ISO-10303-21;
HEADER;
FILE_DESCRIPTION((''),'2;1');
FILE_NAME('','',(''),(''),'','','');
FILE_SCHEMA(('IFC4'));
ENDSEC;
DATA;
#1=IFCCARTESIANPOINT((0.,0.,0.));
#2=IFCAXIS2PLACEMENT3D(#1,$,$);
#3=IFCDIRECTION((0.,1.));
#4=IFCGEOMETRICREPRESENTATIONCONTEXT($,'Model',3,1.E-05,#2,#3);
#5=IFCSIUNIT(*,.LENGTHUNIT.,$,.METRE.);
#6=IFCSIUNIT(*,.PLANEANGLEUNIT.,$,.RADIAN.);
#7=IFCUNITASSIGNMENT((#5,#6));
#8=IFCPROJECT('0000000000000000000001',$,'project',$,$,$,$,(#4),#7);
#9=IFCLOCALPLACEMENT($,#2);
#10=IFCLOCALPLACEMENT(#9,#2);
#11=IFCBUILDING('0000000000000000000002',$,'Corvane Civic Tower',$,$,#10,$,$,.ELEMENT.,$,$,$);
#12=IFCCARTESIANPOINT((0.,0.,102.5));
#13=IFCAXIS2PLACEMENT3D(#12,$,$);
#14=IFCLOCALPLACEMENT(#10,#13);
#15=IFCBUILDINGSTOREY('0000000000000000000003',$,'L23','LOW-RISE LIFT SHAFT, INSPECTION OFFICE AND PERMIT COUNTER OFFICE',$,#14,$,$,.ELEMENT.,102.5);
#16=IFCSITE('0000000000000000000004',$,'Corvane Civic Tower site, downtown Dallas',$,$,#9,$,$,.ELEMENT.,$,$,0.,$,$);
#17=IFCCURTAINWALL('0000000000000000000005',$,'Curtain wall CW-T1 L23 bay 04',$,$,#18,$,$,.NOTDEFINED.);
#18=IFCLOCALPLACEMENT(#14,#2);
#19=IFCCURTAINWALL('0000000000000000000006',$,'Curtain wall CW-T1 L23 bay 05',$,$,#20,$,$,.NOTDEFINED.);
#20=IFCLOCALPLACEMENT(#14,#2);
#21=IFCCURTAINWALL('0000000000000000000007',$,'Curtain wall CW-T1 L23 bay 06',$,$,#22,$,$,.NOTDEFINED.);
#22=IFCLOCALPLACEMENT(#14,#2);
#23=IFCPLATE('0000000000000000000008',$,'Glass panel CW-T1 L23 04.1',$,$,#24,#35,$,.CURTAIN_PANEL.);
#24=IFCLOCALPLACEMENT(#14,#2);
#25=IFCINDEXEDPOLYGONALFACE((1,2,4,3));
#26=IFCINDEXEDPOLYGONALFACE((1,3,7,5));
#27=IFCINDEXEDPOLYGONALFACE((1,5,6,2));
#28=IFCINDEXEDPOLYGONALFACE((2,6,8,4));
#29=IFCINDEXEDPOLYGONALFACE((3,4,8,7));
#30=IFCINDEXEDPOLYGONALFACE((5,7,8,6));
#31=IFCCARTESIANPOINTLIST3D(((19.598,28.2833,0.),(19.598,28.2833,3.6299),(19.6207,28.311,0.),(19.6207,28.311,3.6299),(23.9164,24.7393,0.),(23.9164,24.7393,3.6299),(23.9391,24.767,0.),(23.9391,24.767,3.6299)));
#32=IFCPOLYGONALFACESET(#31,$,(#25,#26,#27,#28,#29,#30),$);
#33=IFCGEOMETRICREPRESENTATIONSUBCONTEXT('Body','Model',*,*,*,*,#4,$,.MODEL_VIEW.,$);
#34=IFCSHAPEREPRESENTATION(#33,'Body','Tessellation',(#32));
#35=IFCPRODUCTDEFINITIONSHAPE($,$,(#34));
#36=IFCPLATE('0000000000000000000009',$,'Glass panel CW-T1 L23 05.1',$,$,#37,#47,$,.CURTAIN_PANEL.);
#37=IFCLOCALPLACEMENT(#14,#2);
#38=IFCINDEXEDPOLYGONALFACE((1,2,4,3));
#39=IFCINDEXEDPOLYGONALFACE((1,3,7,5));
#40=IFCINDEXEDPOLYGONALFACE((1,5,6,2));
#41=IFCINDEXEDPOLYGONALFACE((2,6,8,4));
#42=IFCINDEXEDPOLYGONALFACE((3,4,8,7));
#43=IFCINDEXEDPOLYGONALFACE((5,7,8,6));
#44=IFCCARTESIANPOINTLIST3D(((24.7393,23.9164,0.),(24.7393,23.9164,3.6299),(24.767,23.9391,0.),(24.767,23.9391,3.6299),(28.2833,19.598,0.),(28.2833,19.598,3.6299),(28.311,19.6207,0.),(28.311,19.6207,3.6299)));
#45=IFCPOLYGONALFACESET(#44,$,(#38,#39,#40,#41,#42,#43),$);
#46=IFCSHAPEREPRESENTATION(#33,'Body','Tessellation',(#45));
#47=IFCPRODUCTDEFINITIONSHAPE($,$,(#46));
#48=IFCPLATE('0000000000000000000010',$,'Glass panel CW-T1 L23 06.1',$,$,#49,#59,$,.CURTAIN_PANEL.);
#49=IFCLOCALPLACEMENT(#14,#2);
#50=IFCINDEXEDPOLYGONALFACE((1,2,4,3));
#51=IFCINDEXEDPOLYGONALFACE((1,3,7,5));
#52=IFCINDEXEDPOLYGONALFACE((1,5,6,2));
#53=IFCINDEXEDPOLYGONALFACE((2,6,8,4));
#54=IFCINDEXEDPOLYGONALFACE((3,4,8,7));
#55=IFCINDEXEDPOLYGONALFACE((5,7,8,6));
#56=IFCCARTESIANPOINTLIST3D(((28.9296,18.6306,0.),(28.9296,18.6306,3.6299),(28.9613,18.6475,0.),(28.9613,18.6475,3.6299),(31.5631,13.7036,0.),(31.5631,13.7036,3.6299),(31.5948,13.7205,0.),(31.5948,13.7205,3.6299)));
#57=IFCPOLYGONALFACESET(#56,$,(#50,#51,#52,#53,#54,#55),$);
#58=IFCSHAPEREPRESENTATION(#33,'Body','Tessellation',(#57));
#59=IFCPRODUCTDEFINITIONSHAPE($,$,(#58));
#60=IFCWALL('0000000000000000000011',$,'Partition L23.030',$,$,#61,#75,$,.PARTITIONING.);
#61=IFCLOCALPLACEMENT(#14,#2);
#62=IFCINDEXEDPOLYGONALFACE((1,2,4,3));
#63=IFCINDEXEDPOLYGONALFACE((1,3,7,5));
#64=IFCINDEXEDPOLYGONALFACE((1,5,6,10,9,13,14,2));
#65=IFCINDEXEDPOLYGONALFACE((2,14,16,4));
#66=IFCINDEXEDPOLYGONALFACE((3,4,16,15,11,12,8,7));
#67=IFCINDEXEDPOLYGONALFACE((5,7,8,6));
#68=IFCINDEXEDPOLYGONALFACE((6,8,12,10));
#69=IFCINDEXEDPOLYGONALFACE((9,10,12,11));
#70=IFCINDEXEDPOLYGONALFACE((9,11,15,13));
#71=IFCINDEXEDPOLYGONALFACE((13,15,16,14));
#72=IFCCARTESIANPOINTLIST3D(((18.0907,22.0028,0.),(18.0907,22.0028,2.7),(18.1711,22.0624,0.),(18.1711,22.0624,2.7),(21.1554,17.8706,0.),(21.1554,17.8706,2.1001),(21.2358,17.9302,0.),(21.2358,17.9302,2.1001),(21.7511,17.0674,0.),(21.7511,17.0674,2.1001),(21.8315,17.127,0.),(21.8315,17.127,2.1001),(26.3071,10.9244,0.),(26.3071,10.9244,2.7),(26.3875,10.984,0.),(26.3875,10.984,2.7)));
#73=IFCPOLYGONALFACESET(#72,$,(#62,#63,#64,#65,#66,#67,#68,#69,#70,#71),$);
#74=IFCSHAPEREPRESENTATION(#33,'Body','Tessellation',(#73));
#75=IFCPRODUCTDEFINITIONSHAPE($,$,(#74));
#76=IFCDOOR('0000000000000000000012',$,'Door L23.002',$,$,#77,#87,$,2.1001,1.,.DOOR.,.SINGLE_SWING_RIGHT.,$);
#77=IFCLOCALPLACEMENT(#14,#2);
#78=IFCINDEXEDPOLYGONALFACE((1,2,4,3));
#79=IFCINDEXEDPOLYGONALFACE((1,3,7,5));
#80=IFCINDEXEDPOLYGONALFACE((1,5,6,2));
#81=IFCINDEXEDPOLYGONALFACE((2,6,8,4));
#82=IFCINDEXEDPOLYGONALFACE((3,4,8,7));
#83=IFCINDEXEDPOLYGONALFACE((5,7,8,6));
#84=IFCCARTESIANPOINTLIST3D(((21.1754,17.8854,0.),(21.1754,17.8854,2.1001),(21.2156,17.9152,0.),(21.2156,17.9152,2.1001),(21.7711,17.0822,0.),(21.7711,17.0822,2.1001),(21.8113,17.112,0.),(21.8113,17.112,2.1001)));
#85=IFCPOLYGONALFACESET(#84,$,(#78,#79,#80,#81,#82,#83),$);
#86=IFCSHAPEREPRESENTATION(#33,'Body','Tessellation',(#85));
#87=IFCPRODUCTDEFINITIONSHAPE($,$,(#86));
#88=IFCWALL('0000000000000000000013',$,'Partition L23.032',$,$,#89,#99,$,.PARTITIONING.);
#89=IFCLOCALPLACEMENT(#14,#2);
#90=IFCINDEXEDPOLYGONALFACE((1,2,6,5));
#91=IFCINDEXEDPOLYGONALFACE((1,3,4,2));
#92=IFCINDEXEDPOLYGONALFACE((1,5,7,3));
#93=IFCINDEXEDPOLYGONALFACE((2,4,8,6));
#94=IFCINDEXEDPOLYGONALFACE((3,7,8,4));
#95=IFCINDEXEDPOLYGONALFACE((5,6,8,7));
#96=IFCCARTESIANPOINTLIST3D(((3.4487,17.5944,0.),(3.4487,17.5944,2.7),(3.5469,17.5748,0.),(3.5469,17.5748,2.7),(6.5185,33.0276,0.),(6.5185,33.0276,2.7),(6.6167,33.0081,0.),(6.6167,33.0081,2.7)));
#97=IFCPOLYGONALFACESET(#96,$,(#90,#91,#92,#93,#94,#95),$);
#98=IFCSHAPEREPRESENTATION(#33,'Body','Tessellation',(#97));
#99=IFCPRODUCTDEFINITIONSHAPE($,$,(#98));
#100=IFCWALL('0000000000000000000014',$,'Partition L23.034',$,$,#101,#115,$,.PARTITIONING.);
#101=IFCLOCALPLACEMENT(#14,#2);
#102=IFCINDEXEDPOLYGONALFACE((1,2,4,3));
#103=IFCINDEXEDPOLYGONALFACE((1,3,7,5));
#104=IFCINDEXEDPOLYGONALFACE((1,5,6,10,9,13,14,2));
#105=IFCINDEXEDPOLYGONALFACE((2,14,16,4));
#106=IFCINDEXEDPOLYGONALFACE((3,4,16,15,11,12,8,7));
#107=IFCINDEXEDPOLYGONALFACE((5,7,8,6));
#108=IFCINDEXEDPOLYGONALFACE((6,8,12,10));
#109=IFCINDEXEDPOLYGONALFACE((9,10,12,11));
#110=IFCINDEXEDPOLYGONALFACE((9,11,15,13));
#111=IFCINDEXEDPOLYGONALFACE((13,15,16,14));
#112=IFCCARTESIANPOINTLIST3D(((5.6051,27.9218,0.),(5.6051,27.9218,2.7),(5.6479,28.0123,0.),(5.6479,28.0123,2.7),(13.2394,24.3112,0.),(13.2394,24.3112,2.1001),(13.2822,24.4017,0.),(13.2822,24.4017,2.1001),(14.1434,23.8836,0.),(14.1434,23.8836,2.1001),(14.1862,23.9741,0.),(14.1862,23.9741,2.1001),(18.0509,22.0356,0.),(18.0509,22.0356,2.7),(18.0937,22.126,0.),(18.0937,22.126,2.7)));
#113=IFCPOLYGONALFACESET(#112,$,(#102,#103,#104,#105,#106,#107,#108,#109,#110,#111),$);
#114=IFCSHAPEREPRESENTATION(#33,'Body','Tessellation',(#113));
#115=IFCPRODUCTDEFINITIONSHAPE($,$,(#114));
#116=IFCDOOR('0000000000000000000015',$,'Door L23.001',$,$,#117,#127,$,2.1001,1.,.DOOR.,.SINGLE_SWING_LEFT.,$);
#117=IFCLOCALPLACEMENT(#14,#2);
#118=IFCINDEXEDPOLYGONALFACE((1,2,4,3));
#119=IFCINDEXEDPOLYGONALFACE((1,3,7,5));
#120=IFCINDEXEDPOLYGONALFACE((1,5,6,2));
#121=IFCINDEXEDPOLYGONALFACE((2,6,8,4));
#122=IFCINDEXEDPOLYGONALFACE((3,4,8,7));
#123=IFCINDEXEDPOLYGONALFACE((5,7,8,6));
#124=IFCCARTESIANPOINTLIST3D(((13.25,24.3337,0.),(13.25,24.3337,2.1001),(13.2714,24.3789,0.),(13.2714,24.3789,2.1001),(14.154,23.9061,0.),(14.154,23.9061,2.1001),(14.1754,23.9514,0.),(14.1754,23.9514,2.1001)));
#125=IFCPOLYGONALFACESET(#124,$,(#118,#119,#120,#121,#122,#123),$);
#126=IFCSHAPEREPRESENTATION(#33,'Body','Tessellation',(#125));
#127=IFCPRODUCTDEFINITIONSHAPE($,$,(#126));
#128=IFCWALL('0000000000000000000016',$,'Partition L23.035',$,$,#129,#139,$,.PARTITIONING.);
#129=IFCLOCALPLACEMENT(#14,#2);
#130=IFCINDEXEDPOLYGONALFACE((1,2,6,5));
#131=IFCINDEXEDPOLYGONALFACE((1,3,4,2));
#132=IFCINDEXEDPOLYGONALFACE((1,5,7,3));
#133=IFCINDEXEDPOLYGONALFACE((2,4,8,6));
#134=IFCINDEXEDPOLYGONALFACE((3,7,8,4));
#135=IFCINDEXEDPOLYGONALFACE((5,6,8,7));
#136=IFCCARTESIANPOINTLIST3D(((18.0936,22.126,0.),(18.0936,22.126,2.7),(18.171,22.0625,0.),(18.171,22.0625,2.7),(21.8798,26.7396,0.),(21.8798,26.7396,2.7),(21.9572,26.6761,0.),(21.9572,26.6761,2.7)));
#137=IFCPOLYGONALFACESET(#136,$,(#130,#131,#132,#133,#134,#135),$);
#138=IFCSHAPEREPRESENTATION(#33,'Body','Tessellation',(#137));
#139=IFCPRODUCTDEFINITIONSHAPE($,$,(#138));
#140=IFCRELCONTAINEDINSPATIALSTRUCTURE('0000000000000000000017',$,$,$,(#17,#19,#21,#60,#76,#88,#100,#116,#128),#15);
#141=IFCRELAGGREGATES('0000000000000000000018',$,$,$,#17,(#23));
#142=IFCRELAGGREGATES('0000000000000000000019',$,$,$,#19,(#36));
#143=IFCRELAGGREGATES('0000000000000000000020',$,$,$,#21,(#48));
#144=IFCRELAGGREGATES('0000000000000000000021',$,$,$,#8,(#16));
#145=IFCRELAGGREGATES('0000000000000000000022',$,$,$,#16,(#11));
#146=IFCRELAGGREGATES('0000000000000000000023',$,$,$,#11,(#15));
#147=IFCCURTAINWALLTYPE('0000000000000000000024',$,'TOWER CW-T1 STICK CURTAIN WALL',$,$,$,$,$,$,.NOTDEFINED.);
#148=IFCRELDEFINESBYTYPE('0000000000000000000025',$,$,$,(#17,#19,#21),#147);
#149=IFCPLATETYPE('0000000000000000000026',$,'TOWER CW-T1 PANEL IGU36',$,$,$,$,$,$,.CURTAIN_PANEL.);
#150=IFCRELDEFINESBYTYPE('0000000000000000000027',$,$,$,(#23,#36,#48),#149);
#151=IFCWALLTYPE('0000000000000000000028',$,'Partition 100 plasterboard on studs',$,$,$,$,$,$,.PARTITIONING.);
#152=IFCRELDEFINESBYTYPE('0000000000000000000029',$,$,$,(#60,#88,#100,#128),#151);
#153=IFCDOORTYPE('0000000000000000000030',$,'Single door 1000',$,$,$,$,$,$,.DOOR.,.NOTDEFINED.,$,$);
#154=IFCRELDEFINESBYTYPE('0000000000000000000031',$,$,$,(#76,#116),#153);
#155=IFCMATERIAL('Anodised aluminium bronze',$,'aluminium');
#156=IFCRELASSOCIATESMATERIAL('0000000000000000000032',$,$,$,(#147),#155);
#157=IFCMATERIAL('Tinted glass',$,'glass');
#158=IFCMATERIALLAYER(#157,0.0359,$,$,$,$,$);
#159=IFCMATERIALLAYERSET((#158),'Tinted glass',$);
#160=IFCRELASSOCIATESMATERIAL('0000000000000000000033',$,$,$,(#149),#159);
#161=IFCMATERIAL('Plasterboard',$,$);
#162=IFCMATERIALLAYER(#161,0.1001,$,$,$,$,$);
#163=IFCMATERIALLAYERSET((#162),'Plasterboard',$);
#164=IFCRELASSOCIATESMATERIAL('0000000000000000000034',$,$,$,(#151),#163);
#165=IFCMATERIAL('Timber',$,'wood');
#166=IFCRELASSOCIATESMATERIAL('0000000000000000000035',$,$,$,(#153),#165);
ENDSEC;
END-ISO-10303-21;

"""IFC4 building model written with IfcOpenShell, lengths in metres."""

from ifc_helpers import new_model, si_unit, direction, frame, frame_2d, origin, origin_2d, place, context, subcontext, project, spatial, rectangle, extrude, material, layer, layer_set, type_object, element, fill, aggregate, save


model = new_model("IFC4")

# Units and contexts
model_context = context("Model", 3, precision=1e-05, world=origin(), true_north=direction((0.0, 1.0)))
body_context = subcontext(model_context, "Body", "Model", "MODEL_VIEW")
ifc_project = project(units=[si_unit("LENGTHUNIT", "METRE"), si_unit("PLANEANGLEUNIT", "RADIAN")], contexts=[model_context])

# Site, building, storey
site_placement = place(None, origin())
site = spatial("IfcSite", under=ifc_project, at=site_placement, Name="Corvane Civic Tower site, downtown Dallas", CompositionType="ELEMENT", RefElevation=0.0)
building_placement = place(site_placement, origin())
building = spatial("IfcBuilding", under=site, at=building_placement, Name="Corvane Civic Tower", CompositionType="ELEMENT")
storey_placement = place(building_placement, frame((0.0, 0.0, 102.5)))
storey = spatial("IfcBuildingStorey", under=building, at=storey_placement, Name="L23", Description="LOW-RISE LIFT SHAFT, INSPECTION OFFICE AND PERMIT COUNTER OFFICE", CompositionType="ELEMENT", Elevation=102.5)

# Curtain walls
ifc_material_1 = material(Name="Anodised aluminium bronze", Category="aluminium")
curtain_wall_type = type_object("IfcCurtainWallType", Name="TOWER CW-T1 STICK CURTAIN WALL", PredefinedType="NOTDEFINED", material=ifc_material_1)
curtain_wall_1_placement = place(storey_placement, origin())
curtain_wall_1 = element("IfcCurtainWall", 1, at=curtain_wall_1_placement, inside=storey, type_object=curtain_wall_type, Name="Curtain wall CW-T1 L23 bay 04", PredefinedType="NOTDEFINED")
curtain_wall_2_placement = place(storey_placement, origin())
curtain_wall_2 = element("IfcCurtainWall", 2, at=curtain_wall_2_placement, inside=storey, type_object=curtain_wall_type, Name="Curtain wall CW-T1 L23 bay 05", PredefinedType="NOTDEFINED")
curtain_wall_3_placement = place(storey_placement, origin())
curtain_wall_3 = element("IfcCurtainWall", 3, at=curtain_wall_3_placement, inside=storey, type_object=curtain_wall_type, Name="Curtain wall CW-T1 L23 bay 06", PredefinedType="NOTDEFINED")

# Plates
ifc_material_2 = material(Name="Tinted glass", Category="glass")
ifc_layer_1 = layer(ifc_material_2, 0.0359)
ifc_layer_set_1 = layer_set([ifc_layer_1], Name="Tinted glass")
plate_type = type_object("IfcPlateType", Name="TOWER CW-T1 PANEL IGU36", PredefinedType="CURTAIN_PANEL", material=ifc_layer_set_1)
plate_1_placement = place(storey_placement, frame((21.7686, 26.5251, 0.0), z_axis=(0.0, 0.0, 1.0), x_axis=(0.773013, -0.63439, 0.0)))
plate_1 = element("IfcPlate", 4, at=plate_1_placement, type_object=plate_type, Name="Glass panel CW-T1 L23 04.1", PredefinedType="CURTAIN_PANEL", context=body_context, shape_type="SweptSolid", body=[
    extrude(rectangle(XDim=5.5864, YDim=0.0359, at=origin_2d()), origin(), (0.0, 0.0, 1.0), 3.6299),
])
aggregate(curtain_wall_1, [plate_1])
plate_2_placement = place(storey_placement, frame((26.5251, 21.7686, 0.0), z_axis=(0.0, 0.0, 1.0), x_axis=(0.63439, -0.773013, 0.0)))
plate_2 = element("IfcPlate", 5, at=plate_2_placement, type_object=plate_type, Name="Glass panel CW-T1 L23 05.1", PredefinedType="CURTAIN_PANEL", context=body_context, shape_type="SweptSolid", body=[
    extrude(rectangle(XDim=5.5864, YDim=0.0359, at=origin_2d()), origin(), (0.0, 0.0, 1.0), 3.6299),
])
aggregate(curtain_wall_2, [plate_2])
plate_3_placement = place(storey_placement, frame((30.2622, 16.1755, 0.0), z_axis=(0.0, 0.0, 1.0), x_axis=(0.471392, -0.881924, 0.0)))
plate_3 = element("IfcPlate", 6, at=plate_3_placement, type_object=plate_type, Name="Glass panel CW-T1 L23 06.1", PredefinedType="CURTAIN_PANEL", context=body_context, shape_type="SweptSolid", body=[
    extrude(rectangle(XDim=5.5867, YDim=0.0359, at=origin_2d()), origin(), (0.0, 0.0, 1.0), 3.6299),
])
aggregate(curtain_wall_3, [plate_3])

# Wall, opening, door
ifc_material_3 = material(Name="Plasterboard")
ifc_layer_2 = layer(ifc_material_3, 0.1001)
ifc_layer_set_2 = layer_set([ifc_layer_2], Name="Plasterboard")
wall_type = type_object("IfcWallType", Name="Partition 100 plasterboard on studs", PredefinedType="PARTITIONING", material=ifc_layer_set_2)
wall_1_placement = place(storey_placement, frame((18.1309, 22.0327, 0.0), z_axis=(0.0, 0.0, 1.0), x_axis=(0.595701, -0.803206, 0.0)))
wall_1 = element("IfcWall", 7, at=wall_1_placement, inside=storey, type_object=wall_type, Name="Partition L23.030", PredefinedType="PARTITIONING", context=body_context, shape_type="SweptSolid", body=[
    extrude(rectangle(XDim=13.7927, YDim=0.1001, at=frame_2d((6.8965, 0.0))), origin(), (0.0, 0.0, 1.0), 2.7),
])
opening_1_placement = place(wall_1_placement, frame((5.1448, 0.0, 0.0)))
opening_1 = element("IfcOpeningElement", 8, at=opening_1_placement, cuts=wall_1, PredefinedType="OPENING", context=body_context, shape_type="SweptSolid", body=[
    extrude(rectangle(XDim=1.0, YDim=2.1001, at=frame_2d((0.5, 1.05))), frame((0.0, 0.0601, 0.0), z_axis=(0.0, -1.0, 0.0), x_axis=(1.0, 0.0, 0.0)), (0.0, 0.0, 1.0), 0.1201),
])
ifc_material_4 = material(Name="Timber", Category="wood")
door_type = type_object("IfcDoorType", Name="Single door 1000", OperationType="NOTDEFINED", PredefinedType="DOOR", material=ifc_material_4)
door_1_placement = place(opening_1_placement, origin())
door_1 = element("IfcDoor", 9, at=door_1_placement, inside=storey, type_object=door_type, Name="Door L23.002", OperationType="SINGLE_SWING_RIGHT", OverallHeight=2.1001, OverallWidth=1.0, PredefinedType="DOOR", context=body_context, shape_type="SweptSolid", body=[
    extrude(rectangle(XDim=1.0, YDim=2.1001, at=frame_2d((0.5, 1.05))), frame((0.0, 0.0249, 0.0), z_axis=(0.0, -1.0, 0.0), x_axis=(1.0, 0.0, 0.0)), (0.0, 0.0, 1.0), 0.05),
])
fill(opening_1, door_1)

# Wall
wall_2_placement = place(storey_placement, frame((3.4978, 17.5847, 0.0), z_axis=(0.0, 0.0, 1.0), x_axis=(0.195087, 0.980786, 0.0)))
element("IfcWall", 10, at=wall_2_placement, inside=storey, type_object=wall_type, Name="Partition L23.032", PredefinedType="PARTITIONING", context=body_context, shape_type="SweptSolid", body=[
    extrude(rectangle(XDim=15.7356, YDim=0.1001, at=frame_2d((7.8677, 0.0))), origin(), (0.0, 0.0, 1.0), 2.7),
])

# Wall, opening, door
wall_3_placement = place(storey_placement, frame((5.6265, 27.967, 0.0), z_axis=(0.0, 0.0, 1.0), x_axis=(0.903995, -0.427544, 0.0)))
wall_3 = element("IfcWall", 11, at=wall_3_placement, inside=storey, type_object=wall_type, Name="Partition L23.034", PredefinedType="PARTITIONING", context=body_context, shape_type="SweptSolid", body=[
    extrude(rectangle(XDim=13.7676, YDim=0.1001, at=frame_2d((6.8838, 0.0))), origin(), (0.0, 0.0, 1.0), 2.7),
])
opening_2_placement = place(wall_3_placement, frame((8.4451, 0.0, 0.0)))
opening_2 = element("IfcOpeningElement", 12, at=opening_2_placement, cuts=wall_3, PredefinedType="OPENING", context=body_context, shape_type="SweptSolid", body=[
    extrude(rectangle(XDim=1.0, YDim=2.1001, at=frame_2d((0.5, 1.05))), frame((0.0, 0.0601, 0.0), z_axis=(0.0, -1.0, 0.0), x_axis=(1.0, 0.0, 0.0)), (0.0, 0.0, 1.0), 0.1201),
])
door_2_placement = place(opening_2_placement, origin())
door_2 = element("IfcDoor", 13, at=door_2_placement, inside=storey, type_object=door_type, Name="Door L23.001", OperationType="SINGLE_SWING_LEFT", OverallHeight=2.1001, OverallWidth=1.0, PredefinedType="DOOR", context=body_context, shape_type="SweptSolid", body=[
    extrude(rectangle(XDim=1.0, YDim=2.1001, at=frame_2d((0.5, 1.05))), frame((0.0, 0.0249, 0.0), z_axis=(0.0, -1.0, 0.0), x_axis=(1.0, 0.0, 0.0)), (0.0, 0.0, 1.0), 0.05),
])
fill(opening_2, door_2)

# Wall
wall_4_placement = place(storey_placement, frame((18.1323, 22.0942, 0.0), z_axis=(0.0, 0.0, 1.0), x_axis=(0.634384, 0.773018, 0.0)))
element("IfcWall", 14, at=wall_4_placement, inside=storey, type_object=wall_type, Name="Partition L23.035", PredefinedType="PARTITIONING", context=body_context, shape_type="SweptSolid", body=[
    extrude(rectangle(XDim=5.9683, YDim=0.1001, at=frame_2d((2.9841, 0.0))), origin(), (0.0, 0.0, 1.0), 2.7),
])

save(model, "model.ifc")
